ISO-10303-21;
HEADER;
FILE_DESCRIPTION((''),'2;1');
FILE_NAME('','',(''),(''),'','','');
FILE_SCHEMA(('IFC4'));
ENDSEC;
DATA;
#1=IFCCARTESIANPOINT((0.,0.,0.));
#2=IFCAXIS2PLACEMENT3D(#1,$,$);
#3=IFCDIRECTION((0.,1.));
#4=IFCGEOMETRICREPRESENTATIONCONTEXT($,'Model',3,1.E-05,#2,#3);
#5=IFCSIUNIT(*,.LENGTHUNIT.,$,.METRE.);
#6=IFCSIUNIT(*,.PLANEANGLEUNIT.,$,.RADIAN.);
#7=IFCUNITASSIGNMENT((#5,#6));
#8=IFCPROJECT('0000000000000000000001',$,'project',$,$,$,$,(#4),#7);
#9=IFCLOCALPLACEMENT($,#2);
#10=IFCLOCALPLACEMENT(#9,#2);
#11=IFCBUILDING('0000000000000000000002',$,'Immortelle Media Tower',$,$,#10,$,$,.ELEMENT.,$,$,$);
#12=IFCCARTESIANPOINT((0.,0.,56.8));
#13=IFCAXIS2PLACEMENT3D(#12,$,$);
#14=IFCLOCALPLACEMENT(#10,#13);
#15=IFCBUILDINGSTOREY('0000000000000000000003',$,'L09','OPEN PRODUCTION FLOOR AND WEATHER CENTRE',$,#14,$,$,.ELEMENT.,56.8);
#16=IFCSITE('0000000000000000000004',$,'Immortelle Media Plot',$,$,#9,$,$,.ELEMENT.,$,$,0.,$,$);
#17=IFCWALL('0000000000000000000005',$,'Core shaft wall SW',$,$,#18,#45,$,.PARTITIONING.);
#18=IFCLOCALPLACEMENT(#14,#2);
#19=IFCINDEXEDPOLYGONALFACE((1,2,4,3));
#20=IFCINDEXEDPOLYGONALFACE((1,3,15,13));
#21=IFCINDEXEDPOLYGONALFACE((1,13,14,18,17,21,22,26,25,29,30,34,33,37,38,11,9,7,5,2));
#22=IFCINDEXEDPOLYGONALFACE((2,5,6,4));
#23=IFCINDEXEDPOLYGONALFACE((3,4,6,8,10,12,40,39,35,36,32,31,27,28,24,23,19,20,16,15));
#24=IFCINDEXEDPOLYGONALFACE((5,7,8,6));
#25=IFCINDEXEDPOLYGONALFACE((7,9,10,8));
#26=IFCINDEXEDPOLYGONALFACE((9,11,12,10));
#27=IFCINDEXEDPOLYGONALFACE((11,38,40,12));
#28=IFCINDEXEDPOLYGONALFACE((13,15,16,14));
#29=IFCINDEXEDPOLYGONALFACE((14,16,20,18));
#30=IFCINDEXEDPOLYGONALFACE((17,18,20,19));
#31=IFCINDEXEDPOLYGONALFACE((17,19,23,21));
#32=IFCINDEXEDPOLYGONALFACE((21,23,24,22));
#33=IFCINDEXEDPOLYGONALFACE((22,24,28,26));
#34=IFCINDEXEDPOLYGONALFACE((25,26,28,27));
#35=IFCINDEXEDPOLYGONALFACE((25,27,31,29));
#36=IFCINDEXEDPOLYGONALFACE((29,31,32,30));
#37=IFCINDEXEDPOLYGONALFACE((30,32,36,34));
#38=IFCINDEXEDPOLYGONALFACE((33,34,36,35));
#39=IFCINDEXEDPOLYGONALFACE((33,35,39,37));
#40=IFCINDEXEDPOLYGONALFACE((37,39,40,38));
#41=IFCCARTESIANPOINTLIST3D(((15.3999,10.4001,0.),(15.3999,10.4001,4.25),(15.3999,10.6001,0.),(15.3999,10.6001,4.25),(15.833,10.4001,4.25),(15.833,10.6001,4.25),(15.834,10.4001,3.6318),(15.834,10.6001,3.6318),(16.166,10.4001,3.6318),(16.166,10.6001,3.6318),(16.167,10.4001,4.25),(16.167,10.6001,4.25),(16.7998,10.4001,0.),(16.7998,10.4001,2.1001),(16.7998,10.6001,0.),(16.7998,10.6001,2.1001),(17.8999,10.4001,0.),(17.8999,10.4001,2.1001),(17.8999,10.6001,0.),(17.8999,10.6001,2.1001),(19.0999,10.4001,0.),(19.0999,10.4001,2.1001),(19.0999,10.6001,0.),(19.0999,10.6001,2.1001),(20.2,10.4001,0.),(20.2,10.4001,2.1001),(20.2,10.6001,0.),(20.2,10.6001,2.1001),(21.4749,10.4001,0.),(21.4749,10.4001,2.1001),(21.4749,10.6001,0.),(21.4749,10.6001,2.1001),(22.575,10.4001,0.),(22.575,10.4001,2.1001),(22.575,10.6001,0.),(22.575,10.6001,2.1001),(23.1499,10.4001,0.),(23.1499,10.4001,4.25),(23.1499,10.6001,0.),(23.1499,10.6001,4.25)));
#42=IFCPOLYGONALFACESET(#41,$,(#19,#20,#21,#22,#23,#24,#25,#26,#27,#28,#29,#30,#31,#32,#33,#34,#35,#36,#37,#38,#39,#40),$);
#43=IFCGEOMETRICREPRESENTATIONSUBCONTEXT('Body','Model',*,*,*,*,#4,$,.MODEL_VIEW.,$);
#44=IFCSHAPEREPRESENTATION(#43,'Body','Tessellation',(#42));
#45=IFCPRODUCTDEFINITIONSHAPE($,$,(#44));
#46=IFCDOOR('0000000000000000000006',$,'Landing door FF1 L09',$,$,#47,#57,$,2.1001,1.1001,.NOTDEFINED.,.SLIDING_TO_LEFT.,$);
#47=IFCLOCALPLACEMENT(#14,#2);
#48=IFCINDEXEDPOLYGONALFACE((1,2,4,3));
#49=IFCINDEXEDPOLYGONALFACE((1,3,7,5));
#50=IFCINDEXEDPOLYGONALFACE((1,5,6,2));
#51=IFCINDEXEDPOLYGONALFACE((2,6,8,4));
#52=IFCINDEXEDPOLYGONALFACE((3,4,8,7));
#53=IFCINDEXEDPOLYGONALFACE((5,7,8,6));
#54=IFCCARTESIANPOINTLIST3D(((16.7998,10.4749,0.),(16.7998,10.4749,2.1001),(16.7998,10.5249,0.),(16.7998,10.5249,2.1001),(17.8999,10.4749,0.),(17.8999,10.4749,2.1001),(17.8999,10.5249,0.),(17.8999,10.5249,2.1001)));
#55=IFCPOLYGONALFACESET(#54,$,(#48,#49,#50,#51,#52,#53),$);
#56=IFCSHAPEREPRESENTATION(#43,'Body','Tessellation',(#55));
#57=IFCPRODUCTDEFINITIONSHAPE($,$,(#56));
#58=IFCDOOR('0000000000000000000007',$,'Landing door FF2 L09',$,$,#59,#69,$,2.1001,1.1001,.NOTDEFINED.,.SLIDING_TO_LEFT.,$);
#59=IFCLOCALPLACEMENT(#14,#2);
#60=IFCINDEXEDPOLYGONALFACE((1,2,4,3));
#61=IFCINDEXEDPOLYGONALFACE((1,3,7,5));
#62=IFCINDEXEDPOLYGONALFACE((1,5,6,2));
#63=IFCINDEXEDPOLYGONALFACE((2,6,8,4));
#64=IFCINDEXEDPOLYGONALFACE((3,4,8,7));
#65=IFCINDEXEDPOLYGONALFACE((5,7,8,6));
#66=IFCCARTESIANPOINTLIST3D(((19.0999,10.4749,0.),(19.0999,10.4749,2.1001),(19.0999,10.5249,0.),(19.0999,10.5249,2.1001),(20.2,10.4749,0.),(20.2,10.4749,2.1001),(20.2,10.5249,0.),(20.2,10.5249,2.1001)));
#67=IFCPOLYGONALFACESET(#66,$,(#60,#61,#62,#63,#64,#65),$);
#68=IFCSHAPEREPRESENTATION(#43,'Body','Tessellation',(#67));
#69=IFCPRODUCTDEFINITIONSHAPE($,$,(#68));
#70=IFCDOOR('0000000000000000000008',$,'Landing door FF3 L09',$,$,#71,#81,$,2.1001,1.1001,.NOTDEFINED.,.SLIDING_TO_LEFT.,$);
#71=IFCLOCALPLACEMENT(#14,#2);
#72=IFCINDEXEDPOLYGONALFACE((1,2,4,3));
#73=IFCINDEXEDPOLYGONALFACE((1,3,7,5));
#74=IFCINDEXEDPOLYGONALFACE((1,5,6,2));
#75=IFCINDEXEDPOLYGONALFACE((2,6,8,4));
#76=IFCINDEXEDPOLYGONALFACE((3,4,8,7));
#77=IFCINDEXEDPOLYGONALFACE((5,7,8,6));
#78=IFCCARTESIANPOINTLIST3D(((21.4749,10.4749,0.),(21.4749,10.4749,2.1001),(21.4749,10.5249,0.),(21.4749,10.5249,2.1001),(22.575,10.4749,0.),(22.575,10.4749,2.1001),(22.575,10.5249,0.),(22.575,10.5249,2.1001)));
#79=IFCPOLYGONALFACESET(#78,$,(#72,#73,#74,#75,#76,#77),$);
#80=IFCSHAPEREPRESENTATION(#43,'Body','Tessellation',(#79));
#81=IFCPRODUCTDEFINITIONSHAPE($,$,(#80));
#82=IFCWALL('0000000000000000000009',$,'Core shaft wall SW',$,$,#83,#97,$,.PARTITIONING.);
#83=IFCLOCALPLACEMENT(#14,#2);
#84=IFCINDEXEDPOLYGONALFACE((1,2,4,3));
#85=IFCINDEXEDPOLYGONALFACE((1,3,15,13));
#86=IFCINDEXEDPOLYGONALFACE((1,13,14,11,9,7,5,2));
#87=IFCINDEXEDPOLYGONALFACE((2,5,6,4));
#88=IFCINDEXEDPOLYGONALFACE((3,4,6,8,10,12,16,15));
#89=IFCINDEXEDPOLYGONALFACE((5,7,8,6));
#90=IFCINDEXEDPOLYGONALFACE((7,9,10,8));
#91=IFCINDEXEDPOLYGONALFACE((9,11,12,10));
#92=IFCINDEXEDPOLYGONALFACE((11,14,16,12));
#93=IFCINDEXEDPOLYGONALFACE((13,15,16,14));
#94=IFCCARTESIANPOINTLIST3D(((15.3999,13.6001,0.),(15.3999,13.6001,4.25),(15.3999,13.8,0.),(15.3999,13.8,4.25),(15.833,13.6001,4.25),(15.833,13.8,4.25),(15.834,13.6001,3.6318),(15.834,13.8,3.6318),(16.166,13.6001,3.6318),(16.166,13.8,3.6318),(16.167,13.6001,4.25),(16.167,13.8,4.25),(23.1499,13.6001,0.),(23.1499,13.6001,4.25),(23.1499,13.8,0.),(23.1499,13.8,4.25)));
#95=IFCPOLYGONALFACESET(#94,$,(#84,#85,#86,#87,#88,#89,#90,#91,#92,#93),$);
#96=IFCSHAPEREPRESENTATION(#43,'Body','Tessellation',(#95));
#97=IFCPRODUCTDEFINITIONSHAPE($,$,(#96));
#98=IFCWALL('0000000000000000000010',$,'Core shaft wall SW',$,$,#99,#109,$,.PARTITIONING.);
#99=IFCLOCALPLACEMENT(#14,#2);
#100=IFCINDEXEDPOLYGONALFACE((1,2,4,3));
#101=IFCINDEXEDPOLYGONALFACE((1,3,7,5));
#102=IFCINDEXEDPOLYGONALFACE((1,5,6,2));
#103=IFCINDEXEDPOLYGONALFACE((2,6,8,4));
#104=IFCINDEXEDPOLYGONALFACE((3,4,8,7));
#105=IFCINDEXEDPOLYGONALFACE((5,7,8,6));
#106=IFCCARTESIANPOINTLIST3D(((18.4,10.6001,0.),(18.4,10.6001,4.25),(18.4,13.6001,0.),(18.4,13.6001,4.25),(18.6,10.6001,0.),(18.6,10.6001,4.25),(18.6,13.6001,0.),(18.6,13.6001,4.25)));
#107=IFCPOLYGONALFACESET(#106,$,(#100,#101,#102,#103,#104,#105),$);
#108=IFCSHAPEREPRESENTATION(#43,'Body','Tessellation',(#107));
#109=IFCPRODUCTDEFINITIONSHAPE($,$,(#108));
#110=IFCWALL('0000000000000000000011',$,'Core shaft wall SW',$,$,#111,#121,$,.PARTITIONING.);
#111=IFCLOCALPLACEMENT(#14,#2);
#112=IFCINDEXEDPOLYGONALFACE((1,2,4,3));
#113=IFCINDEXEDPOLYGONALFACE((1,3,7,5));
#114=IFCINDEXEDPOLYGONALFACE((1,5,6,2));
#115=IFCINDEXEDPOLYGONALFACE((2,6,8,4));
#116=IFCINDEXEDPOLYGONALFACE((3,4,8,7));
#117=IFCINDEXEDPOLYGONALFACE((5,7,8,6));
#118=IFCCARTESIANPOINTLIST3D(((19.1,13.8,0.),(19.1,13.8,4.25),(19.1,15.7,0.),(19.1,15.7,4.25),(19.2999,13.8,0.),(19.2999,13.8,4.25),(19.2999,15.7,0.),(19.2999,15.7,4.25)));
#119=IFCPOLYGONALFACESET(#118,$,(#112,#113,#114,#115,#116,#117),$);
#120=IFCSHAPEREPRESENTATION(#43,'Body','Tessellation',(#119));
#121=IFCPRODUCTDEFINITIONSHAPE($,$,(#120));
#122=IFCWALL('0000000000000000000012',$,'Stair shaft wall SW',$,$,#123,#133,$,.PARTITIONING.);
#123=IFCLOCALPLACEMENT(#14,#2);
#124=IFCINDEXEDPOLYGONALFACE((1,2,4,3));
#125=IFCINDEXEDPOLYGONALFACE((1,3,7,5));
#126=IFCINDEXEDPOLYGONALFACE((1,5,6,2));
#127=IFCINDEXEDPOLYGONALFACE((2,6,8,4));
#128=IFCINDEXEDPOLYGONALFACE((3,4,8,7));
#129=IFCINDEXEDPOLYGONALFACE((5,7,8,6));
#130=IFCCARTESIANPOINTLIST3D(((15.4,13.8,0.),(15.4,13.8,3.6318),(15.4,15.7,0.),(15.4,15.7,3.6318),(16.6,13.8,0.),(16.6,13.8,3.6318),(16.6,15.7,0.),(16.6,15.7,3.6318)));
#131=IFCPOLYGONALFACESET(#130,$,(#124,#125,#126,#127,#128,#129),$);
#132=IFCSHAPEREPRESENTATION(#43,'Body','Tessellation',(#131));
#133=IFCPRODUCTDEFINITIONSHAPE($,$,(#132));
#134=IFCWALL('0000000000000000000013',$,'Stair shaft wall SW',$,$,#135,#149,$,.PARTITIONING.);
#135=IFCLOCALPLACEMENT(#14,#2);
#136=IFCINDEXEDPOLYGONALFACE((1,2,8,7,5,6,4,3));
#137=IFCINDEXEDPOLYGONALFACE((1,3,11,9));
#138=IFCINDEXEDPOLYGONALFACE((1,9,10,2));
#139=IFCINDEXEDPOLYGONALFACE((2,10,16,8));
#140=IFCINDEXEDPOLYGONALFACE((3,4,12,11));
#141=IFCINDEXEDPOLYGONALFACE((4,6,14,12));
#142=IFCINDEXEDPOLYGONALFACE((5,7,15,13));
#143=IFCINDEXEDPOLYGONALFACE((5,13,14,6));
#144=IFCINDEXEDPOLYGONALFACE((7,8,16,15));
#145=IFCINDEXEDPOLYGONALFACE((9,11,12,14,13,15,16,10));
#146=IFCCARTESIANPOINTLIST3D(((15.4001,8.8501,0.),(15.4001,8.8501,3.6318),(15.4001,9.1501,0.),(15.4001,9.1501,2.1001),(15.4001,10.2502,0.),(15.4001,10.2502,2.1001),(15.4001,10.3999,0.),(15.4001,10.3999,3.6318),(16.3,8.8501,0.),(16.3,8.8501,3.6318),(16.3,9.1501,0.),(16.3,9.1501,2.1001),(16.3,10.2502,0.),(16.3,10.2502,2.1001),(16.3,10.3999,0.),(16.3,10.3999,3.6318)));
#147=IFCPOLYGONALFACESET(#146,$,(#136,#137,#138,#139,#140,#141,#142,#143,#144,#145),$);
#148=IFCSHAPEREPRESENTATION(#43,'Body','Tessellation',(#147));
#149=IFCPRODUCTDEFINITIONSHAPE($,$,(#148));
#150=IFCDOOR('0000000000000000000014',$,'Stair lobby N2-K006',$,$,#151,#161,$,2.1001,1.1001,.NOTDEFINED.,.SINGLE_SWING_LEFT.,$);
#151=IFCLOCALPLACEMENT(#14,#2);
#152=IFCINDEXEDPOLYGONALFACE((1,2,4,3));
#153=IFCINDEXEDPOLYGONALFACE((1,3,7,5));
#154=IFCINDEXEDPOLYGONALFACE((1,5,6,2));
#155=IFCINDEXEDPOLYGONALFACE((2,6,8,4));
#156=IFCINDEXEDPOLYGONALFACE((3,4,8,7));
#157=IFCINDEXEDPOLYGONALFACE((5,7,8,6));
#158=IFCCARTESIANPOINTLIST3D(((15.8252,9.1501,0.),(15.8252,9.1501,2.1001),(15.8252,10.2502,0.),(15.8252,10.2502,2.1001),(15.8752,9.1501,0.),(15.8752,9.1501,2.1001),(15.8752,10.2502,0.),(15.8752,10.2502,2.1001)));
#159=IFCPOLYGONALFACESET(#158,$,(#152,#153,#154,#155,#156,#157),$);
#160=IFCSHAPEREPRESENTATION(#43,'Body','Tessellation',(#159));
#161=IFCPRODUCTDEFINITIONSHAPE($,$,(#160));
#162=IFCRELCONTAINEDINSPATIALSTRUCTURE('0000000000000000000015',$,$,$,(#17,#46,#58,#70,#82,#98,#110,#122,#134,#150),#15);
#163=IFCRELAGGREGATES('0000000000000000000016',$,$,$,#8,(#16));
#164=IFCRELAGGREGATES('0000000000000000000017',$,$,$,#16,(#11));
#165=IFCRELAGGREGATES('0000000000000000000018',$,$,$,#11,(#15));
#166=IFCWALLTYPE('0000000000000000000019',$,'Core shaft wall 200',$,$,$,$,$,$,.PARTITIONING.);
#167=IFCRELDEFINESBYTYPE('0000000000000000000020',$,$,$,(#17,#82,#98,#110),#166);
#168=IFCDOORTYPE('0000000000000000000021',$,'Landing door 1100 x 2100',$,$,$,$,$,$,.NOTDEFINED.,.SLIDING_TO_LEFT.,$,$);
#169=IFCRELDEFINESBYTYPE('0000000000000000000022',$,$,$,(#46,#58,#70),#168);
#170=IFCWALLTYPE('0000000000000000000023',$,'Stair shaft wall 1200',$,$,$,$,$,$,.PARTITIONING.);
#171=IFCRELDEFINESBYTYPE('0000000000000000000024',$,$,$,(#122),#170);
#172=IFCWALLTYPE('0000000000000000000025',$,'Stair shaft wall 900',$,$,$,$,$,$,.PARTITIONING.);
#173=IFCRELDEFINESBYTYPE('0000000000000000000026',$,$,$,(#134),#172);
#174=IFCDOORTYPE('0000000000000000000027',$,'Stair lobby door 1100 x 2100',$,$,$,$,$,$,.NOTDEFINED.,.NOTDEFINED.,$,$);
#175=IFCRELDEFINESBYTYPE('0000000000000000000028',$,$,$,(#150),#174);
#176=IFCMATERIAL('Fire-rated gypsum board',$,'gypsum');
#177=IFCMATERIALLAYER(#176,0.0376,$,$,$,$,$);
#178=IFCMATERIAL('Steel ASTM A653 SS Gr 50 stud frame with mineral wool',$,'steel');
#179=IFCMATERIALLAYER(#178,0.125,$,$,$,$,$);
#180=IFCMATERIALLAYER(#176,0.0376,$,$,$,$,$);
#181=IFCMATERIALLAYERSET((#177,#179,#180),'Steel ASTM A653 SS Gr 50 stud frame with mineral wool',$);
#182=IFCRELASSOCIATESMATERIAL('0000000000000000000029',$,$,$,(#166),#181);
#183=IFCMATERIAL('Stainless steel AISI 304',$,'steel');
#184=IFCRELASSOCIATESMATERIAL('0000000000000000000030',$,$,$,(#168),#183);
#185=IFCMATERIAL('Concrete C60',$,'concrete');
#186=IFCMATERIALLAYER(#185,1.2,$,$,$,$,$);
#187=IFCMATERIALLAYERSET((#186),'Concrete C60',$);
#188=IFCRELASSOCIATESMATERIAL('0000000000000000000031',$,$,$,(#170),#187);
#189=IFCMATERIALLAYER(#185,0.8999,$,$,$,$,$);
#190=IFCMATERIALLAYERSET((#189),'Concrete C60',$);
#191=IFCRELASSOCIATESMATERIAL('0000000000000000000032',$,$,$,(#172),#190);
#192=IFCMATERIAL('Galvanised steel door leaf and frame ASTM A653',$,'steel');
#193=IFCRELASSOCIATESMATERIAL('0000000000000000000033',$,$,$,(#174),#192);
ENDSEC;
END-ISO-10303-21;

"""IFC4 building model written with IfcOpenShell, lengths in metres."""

from ifc_helpers import new_model, si_unit, direction, frame, frame_2d, origin, place, context, subcontext, project, spatial, polyline, rectangle, outline, extrude, material, layer, layer_set, type_object, element, fill, save


model = new_model("IFC4")

# Units and contexts
model_context = context("Model", 3, precision=1e-05, world=origin(), true_north=direction((0.0, 1.0)))
body_context = subcontext(model_context, "Body", "Model", "MODEL_VIEW")
ifc_project = project(units=[si_unit("LENGTHUNIT", "METRE"), si_unit("PLANEANGLEUNIT", "RADIAN")], contexts=[model_context])

# Site, building, storey
site_placement = place(None, origin())
site = spatial("IfcSite", under=ifc_project, at=site_placement, Name="Immortelle Media Plot", CompositionType="ELEMENT", RefElevation=0.0)
building_placement = place(site_placement, origin())
building = spatial("IfcBuilding", under=site, at=building_placement, Name="Immortelle Media Tower", CompositionType="ELEMENT")
storey_placement = place(building_placement, frame((0.0, 0.0, 56.8)))
storey = spatial("IfcBuildingStorey", under=building, at=storey_placement, Name="L09", Description="OPEN PRODUCTION FLOOR AND WEATHER CENTRE", CompositionType="ELEMENT", Elevation=56.8)

# Wall, openings, doors
ifc_material_1 = material(Name="Fire-rated gypsum board", Category="gypsum")
ifc_layer_1 = layer(ifc_material_1, 0.0376)
ifc_material_2 = material(Name="Steel ASTM A653 SS Gr 50 stud frame with mineral wool", Category="steel")
ifc_layer_2 = layer(ifc_material_2, 0.125)
ifc_layer_3 = layer(ifc_material_1, 0.0376)
ifc_layer_set_1 = layer_set([ifc_layer_1, ifc_layer_2, ifc_layer_3], Name="Steel ASTM A653 SS Gr 50 stud frame with mineral wool")
wall_type_1 = type_object("IfcWallType", Name="Core shaft wall 200", PredefinedType="PARTITIONING", material=ifc_layer_set_1)
wall_1_placement = place(storey_placement, frame((15.3999, 10.5, 0.0), z_axis=(0.0, 0.0, 1.0), x_axis=(1.0, 0.0, 0.0)))
wall_1 = element("IfcWall", 1, at=wall_1_placement, inside=storey, type_object=wall_type_1, Name="Core shaft wall SW", PredefinedType="PARTITIONING", context=body_context, shape_type="SweptSolid", body=[
    extrude(outline(polyline([(0.0, 0.0), (7.75, 0.0), (7.75, 4.25), (0.7671, 4.25), (0.7661, 3.6318), (0.4341, 3.6318), (0.4331, 4.25), (0.0, 4.25), (0.0, 0.0)])), frame((0.0, 0.1001, 0.0), z_axis=(0.0, -1.0, 0.0), x_axis=(1.0, 0.0, 0.0)), (0.0, 0.0, 1.0), 0.2),
])
opening_1_placement = place(wall_1_placement, frame((1.3999, 0.0, 0.0)))
opening_1 = element("IfcOpeningElement", 2, at=opening_1_placement, cuts=wall_1, PredefinedType="OPENING", context=body_context, shape_type="SweptSolid", body=[
    extrude(rectangle(XDim=1.1001, YDim=2.1001, at=frame_2d((0.55, 1.05))), frame((0.0, 0.1099, 0.0), z_axis=(0.0, -1.0, 0.0), x_axis=(1.0, 0.0, 0.0)), (0.0, 0.0, 1.0), 0.22),
])
opening_2_placement = place(wall_1_placement, frame((3.7, 0.0, 0.0)))
opening_2 = element("IfcOpeningElement", 3, at=opening_2_placement, cuts=wall_1, PredefinedType="OPENING", context=body_context, shape_type="SweptSolid", body=[
    extrude(rectangle(XDim=1.1001, YDim=2.1001, at=frame_2d((0.55, 1.05))), frame((0.0, 0.1099, 0.0), z_axis=(0.0, -1.0, 0.0), x_axis=(1.0, 0.0, 0.0)), (0.0, 0.0, 1.0), 0.22),
])
opening_3_placement = place(wall_1_placement, frame((6.075, 0.0, 0.0)))
opening_3 = element("IfcOpeningElement", 4, at=opening_3_placement, cuts=wall_1, PredefinedType="OPENING", context=body_context, shape_type="SweptSolid", body=[
    extrude(rectangle(XDim=1.1001, YDim=2.1001, at=frame_2d((0.55, 1.05))), frame((0.0, 0.1099, 0.0), z_axis=(0.0, -1.0, 0.0), x_axis=(1.0, 0.0, 0.0)), (0.0, 0.0, 1.0), 0.22),
])
ifc_material_3 = material(Name="Stainless steel AISI 304", Category="steel")
door_type_1 = type_object("IfcDoorType", Name="Landing door 1100 x 2100", OperationType="SLIDING_TO_LEFT", PredefinedType="NOTDEFINED", material=ifc_material_3)
door_1_placement = place(opening_1_placement, origin())
door_1 = element("IfcDoor", 5, at=door_1_placement, inside=storey, type_object=door_type_1, Name="Landing door FF1 L09", OperationType="SLIDING_TO_LEFT", OverallHeight=2.1001, OverallWidth=1.1001, PredefinedType="NOTDEFINED", context=body_context, shape_type="SweptSolid", body=[
    extrude(rectangle(XDim=1.1001, YDim=2.1001, at=frame_2d((0.55, 1.05))), frame((0.0, 0.0249, 0.0), z_axis=(0.0, -1.0, 0.0), x_axis=(1.0, 0.0, 0.0)), (0.0, 0.0, 1.0), 0.05),
])
fill(opening_1, door_1)
door_2_placement = place(opening_2_placement, origin())
door_2 = element("IfcDoor", 6, at=door_2_placement, inside=storey, type_object=door_type_1, Name="Landing door FF2 L09", OperationType="SLIDING_TO_LEFT", OverallHeight=2.1001, OverallWidth=1.1001, PredefinedType="NOTDEFINED", context=body_context, shape_type="SweptSolid", body=[
    extrude(rectangle(XDim=1.1001, YDim=2.1001, at=frame_2d((0.55, 1.05))), frame((0.0, 0.0249, 0.0), z_axis=(0.0, -1.0, 0.0), x_axis=(1.0, 0.0, 0.0)), (0.0, 0.0, 1.0), 0.05),
])
fill(opening_2, door_2)
door_3_placement = place(opening_3_placement, origin())
door_3 = element("IfcDoor", 7, at=door_3_placement, inside=storey, type_object=door_type_1, Name="Landing door FF3 L09", OperationType="SLIDING_TO_LEFT", OverallHeight=2.1001, OverallWidth=1.1001, PredefinedType="NOTDEFINED", context=body_context, shape_type="SweptSolid", body=[
    extrude(rectangle(XDim=1.1001, YDim=2.1001, at=frame_2d((0.55, 1.05))), frame((0.0, 0.0249, 0.0), z_axis=(0.0, -1.0, 0.0), x_axis=(1.0, 0.0, 0.0)), (0.0, 0.0, 1.0), 0.05),
])
fill(opening_3, door_3)

# Walls
wall_2_placement = place(storey_placement, frame((15.3999, 13.7, 0.0), z_axis=(0.0, 0.0, 1.0), x_axis=(1.0, 0.0, 0.0)))
element("IfcWall", 8, at=wall_2_placement, inside=storey, type_object=wall_type_1, Name="Core shaft wall SW", PredefinedType="PARTITIONING", context=body_context, shape_type="SweptSolid", body=[
    extrude(outline(polyline([(0.0, 0.0), (7.75, 0.0), (7.75, 4.25), (0.7671, 4.25), (0.7661, 3.6318), (0.4341, 3.6318), (0.4331, 4.25), (0.0, 4.25), (0.0, 0.0)])), frame((0.0, 0.1001, 0.0), z_axis=(0.0, -1.0, 0.0), x_axis=(1.0, 0.0, 0.0)), (0.0, 0.0, 1.0), 0.2),
])
wall_3_placement = place(storey_placement, frame((18.5, 10.6001, 0.0), z_axis=(0.0, 0.0, 1.0), x_axis=(0.0, 1.0, 0.0)))
element("IfcWall", 9, at=wall_3_placement, inside=storey, type_object=wall_type_1, Name="Core shaft wall SW", PredefinedType="PARTITIONING", context=body_context, shape_type="SweptSolid", body=[
    extrude(rectangle(XDim=3.0, YDim=0.2, at=frame_2d((1.5, 0.0))), origin(), (0.0, 0.0, 1.0), 4.25),
])
wall_4_placement = place(storey_placement, frame((19.2, 13.8, 0.0), z_axis=(0.0, 0.0, 1.0), x_axis=(0.0, 1.0, 0.0)))
element("IfcWall", 10, at=wall_4_placement, inside=storey, type_object=wall_type_1, Name="Core shaft wall SW", PredefinedType="PARTITIONING", context=body_context, shape_type="SweptSolid", body=[
    extrude(rectangle(XDim=1.8999, YDim=0.2, at=frame_2d((0.95, 0.0))), origin(), (0.0, 0.0, 1.0), 4.25),
])
ifc_material_4 = material(Name="Concrete C60", Category="concrete")
ifc_layer_4 = layer(ifc_material_4, 1.2)
ifc_layer_set_2 = layer_set([ifc_layer_4], Name="Concrete C60")
wall_type_2 = type_object("IfcWallType", Name="Stair shaft wall 1200", PredefinedType="PARTITIONING", material=ifc_layer_set_2)
wall_5_placement = place(storey_placement, frame((16.0, 13.8, 0.0), z_axis=(0.0, 0.0, 1.0), x_axis=(0.0, 1.0, 0.0)))
element("IfcWall", 11, at=wall_5_placement, inside=storey, type_object=wall_type_2, Name="Stair shaft wall SW", PredefinedType="PARTITIONING", context=body_context, shape_type="SweptSolid", body=[
    extrude(rectangle(XDim=1.8999, YDim=1.2, at=frame_2d((0.95, 0.0))), origin(), (0.0, 0.0, 1.0), 3.6318),
])

# Wall, opening, door
ifc_layer_5 = layer(ifc_material_4, 0.8999)
ifc_layer_set_3 = layer_set([ifc_layer_5], Name="Concrete C60")
wall_type_3 = type_object("IfcWallType", Name="Stair shaft wall 900", PredefinedType="PARTITIONING", material=ifc_layer_set_3)
wall_6_placement = place(storey_placement, frame((15.8501, 8.8501, 0.0), z_axis=(0.0, 0.0, 1.0), x_axis=(0.0, 1.0, 0.0)))
wall_6 = element("IfcWall", 12, at=wall_6_placement, inside=storey, type_object=wall_type_3, Name="Stair shaft wall SW", PredefinedType="PARTITIONING", context=body_context, shape_type="SweptSolid", body=[
    extrude(rectangle(XDim=1.5498, YDim=0.8999, at=frame_2d((0.7749, 0.0))), origin(), (0.0, 0.0, 1.0), 3.6318),
])
opening_4_placement = place(wall_6_placement, frame((0.3, 0.0, 0.0)))
opening_4 = element("IfcOpeningElement", 13, at=opening_4_placement, cuts=wall_6, PredefinedType="OPENING", context=body_context, shape_type="SweptSolid", body=[
    extrude(rectangle(XDim=1.1001, YDim=2.1001, at=frame_2d((0.55, 1.05))), frame((0.0, 0.46, 0.0), z_axis=(0.0, -1.0, 0.0), x_axis=(1.0, 0.0, 0.0)), (0.0, 0.0, 1.0), 0.9199),
])
ifc_material_5 = material(Name="Galvanised steel door leaf and frame ASTM A653", Category="steel")
door_type_2 = type_object("IfcDoorType", Name="Stair lobby door 1100 x 2100", OperationType="NOTDEFINED", PredefinedType="NOTDEFINED", material=ifc_material_5)
door_4_placement = place(opening_4_placement, origin())
door_4 = element("IfcDoor", 14, at=door_4_placement, inside=storey, type_object=door_type_2, Name="Stair lobby N2-K006", OperationType="SINGLE_SWING_LEFT", OverallHeight=2.1001, OverallWidth=1.1001, PredefinedType="NOTDEFINED", context=body_context, shape_type="SweptSolid", body=[
    extrude(rectangle(XDim=1.1001, YDim=2.1001, at=frame_2d((0.55, 1.05))), frame((0.0, 0.0249, 0.0), z_axis=(0.0, -1.0, 0.0), x_axis=(1.0, 0.0, 0.0)), (0.0, 0.0, 1.0), 0.05),
])
fill(opening_4, door_4)

save(model, "model.ifc")
